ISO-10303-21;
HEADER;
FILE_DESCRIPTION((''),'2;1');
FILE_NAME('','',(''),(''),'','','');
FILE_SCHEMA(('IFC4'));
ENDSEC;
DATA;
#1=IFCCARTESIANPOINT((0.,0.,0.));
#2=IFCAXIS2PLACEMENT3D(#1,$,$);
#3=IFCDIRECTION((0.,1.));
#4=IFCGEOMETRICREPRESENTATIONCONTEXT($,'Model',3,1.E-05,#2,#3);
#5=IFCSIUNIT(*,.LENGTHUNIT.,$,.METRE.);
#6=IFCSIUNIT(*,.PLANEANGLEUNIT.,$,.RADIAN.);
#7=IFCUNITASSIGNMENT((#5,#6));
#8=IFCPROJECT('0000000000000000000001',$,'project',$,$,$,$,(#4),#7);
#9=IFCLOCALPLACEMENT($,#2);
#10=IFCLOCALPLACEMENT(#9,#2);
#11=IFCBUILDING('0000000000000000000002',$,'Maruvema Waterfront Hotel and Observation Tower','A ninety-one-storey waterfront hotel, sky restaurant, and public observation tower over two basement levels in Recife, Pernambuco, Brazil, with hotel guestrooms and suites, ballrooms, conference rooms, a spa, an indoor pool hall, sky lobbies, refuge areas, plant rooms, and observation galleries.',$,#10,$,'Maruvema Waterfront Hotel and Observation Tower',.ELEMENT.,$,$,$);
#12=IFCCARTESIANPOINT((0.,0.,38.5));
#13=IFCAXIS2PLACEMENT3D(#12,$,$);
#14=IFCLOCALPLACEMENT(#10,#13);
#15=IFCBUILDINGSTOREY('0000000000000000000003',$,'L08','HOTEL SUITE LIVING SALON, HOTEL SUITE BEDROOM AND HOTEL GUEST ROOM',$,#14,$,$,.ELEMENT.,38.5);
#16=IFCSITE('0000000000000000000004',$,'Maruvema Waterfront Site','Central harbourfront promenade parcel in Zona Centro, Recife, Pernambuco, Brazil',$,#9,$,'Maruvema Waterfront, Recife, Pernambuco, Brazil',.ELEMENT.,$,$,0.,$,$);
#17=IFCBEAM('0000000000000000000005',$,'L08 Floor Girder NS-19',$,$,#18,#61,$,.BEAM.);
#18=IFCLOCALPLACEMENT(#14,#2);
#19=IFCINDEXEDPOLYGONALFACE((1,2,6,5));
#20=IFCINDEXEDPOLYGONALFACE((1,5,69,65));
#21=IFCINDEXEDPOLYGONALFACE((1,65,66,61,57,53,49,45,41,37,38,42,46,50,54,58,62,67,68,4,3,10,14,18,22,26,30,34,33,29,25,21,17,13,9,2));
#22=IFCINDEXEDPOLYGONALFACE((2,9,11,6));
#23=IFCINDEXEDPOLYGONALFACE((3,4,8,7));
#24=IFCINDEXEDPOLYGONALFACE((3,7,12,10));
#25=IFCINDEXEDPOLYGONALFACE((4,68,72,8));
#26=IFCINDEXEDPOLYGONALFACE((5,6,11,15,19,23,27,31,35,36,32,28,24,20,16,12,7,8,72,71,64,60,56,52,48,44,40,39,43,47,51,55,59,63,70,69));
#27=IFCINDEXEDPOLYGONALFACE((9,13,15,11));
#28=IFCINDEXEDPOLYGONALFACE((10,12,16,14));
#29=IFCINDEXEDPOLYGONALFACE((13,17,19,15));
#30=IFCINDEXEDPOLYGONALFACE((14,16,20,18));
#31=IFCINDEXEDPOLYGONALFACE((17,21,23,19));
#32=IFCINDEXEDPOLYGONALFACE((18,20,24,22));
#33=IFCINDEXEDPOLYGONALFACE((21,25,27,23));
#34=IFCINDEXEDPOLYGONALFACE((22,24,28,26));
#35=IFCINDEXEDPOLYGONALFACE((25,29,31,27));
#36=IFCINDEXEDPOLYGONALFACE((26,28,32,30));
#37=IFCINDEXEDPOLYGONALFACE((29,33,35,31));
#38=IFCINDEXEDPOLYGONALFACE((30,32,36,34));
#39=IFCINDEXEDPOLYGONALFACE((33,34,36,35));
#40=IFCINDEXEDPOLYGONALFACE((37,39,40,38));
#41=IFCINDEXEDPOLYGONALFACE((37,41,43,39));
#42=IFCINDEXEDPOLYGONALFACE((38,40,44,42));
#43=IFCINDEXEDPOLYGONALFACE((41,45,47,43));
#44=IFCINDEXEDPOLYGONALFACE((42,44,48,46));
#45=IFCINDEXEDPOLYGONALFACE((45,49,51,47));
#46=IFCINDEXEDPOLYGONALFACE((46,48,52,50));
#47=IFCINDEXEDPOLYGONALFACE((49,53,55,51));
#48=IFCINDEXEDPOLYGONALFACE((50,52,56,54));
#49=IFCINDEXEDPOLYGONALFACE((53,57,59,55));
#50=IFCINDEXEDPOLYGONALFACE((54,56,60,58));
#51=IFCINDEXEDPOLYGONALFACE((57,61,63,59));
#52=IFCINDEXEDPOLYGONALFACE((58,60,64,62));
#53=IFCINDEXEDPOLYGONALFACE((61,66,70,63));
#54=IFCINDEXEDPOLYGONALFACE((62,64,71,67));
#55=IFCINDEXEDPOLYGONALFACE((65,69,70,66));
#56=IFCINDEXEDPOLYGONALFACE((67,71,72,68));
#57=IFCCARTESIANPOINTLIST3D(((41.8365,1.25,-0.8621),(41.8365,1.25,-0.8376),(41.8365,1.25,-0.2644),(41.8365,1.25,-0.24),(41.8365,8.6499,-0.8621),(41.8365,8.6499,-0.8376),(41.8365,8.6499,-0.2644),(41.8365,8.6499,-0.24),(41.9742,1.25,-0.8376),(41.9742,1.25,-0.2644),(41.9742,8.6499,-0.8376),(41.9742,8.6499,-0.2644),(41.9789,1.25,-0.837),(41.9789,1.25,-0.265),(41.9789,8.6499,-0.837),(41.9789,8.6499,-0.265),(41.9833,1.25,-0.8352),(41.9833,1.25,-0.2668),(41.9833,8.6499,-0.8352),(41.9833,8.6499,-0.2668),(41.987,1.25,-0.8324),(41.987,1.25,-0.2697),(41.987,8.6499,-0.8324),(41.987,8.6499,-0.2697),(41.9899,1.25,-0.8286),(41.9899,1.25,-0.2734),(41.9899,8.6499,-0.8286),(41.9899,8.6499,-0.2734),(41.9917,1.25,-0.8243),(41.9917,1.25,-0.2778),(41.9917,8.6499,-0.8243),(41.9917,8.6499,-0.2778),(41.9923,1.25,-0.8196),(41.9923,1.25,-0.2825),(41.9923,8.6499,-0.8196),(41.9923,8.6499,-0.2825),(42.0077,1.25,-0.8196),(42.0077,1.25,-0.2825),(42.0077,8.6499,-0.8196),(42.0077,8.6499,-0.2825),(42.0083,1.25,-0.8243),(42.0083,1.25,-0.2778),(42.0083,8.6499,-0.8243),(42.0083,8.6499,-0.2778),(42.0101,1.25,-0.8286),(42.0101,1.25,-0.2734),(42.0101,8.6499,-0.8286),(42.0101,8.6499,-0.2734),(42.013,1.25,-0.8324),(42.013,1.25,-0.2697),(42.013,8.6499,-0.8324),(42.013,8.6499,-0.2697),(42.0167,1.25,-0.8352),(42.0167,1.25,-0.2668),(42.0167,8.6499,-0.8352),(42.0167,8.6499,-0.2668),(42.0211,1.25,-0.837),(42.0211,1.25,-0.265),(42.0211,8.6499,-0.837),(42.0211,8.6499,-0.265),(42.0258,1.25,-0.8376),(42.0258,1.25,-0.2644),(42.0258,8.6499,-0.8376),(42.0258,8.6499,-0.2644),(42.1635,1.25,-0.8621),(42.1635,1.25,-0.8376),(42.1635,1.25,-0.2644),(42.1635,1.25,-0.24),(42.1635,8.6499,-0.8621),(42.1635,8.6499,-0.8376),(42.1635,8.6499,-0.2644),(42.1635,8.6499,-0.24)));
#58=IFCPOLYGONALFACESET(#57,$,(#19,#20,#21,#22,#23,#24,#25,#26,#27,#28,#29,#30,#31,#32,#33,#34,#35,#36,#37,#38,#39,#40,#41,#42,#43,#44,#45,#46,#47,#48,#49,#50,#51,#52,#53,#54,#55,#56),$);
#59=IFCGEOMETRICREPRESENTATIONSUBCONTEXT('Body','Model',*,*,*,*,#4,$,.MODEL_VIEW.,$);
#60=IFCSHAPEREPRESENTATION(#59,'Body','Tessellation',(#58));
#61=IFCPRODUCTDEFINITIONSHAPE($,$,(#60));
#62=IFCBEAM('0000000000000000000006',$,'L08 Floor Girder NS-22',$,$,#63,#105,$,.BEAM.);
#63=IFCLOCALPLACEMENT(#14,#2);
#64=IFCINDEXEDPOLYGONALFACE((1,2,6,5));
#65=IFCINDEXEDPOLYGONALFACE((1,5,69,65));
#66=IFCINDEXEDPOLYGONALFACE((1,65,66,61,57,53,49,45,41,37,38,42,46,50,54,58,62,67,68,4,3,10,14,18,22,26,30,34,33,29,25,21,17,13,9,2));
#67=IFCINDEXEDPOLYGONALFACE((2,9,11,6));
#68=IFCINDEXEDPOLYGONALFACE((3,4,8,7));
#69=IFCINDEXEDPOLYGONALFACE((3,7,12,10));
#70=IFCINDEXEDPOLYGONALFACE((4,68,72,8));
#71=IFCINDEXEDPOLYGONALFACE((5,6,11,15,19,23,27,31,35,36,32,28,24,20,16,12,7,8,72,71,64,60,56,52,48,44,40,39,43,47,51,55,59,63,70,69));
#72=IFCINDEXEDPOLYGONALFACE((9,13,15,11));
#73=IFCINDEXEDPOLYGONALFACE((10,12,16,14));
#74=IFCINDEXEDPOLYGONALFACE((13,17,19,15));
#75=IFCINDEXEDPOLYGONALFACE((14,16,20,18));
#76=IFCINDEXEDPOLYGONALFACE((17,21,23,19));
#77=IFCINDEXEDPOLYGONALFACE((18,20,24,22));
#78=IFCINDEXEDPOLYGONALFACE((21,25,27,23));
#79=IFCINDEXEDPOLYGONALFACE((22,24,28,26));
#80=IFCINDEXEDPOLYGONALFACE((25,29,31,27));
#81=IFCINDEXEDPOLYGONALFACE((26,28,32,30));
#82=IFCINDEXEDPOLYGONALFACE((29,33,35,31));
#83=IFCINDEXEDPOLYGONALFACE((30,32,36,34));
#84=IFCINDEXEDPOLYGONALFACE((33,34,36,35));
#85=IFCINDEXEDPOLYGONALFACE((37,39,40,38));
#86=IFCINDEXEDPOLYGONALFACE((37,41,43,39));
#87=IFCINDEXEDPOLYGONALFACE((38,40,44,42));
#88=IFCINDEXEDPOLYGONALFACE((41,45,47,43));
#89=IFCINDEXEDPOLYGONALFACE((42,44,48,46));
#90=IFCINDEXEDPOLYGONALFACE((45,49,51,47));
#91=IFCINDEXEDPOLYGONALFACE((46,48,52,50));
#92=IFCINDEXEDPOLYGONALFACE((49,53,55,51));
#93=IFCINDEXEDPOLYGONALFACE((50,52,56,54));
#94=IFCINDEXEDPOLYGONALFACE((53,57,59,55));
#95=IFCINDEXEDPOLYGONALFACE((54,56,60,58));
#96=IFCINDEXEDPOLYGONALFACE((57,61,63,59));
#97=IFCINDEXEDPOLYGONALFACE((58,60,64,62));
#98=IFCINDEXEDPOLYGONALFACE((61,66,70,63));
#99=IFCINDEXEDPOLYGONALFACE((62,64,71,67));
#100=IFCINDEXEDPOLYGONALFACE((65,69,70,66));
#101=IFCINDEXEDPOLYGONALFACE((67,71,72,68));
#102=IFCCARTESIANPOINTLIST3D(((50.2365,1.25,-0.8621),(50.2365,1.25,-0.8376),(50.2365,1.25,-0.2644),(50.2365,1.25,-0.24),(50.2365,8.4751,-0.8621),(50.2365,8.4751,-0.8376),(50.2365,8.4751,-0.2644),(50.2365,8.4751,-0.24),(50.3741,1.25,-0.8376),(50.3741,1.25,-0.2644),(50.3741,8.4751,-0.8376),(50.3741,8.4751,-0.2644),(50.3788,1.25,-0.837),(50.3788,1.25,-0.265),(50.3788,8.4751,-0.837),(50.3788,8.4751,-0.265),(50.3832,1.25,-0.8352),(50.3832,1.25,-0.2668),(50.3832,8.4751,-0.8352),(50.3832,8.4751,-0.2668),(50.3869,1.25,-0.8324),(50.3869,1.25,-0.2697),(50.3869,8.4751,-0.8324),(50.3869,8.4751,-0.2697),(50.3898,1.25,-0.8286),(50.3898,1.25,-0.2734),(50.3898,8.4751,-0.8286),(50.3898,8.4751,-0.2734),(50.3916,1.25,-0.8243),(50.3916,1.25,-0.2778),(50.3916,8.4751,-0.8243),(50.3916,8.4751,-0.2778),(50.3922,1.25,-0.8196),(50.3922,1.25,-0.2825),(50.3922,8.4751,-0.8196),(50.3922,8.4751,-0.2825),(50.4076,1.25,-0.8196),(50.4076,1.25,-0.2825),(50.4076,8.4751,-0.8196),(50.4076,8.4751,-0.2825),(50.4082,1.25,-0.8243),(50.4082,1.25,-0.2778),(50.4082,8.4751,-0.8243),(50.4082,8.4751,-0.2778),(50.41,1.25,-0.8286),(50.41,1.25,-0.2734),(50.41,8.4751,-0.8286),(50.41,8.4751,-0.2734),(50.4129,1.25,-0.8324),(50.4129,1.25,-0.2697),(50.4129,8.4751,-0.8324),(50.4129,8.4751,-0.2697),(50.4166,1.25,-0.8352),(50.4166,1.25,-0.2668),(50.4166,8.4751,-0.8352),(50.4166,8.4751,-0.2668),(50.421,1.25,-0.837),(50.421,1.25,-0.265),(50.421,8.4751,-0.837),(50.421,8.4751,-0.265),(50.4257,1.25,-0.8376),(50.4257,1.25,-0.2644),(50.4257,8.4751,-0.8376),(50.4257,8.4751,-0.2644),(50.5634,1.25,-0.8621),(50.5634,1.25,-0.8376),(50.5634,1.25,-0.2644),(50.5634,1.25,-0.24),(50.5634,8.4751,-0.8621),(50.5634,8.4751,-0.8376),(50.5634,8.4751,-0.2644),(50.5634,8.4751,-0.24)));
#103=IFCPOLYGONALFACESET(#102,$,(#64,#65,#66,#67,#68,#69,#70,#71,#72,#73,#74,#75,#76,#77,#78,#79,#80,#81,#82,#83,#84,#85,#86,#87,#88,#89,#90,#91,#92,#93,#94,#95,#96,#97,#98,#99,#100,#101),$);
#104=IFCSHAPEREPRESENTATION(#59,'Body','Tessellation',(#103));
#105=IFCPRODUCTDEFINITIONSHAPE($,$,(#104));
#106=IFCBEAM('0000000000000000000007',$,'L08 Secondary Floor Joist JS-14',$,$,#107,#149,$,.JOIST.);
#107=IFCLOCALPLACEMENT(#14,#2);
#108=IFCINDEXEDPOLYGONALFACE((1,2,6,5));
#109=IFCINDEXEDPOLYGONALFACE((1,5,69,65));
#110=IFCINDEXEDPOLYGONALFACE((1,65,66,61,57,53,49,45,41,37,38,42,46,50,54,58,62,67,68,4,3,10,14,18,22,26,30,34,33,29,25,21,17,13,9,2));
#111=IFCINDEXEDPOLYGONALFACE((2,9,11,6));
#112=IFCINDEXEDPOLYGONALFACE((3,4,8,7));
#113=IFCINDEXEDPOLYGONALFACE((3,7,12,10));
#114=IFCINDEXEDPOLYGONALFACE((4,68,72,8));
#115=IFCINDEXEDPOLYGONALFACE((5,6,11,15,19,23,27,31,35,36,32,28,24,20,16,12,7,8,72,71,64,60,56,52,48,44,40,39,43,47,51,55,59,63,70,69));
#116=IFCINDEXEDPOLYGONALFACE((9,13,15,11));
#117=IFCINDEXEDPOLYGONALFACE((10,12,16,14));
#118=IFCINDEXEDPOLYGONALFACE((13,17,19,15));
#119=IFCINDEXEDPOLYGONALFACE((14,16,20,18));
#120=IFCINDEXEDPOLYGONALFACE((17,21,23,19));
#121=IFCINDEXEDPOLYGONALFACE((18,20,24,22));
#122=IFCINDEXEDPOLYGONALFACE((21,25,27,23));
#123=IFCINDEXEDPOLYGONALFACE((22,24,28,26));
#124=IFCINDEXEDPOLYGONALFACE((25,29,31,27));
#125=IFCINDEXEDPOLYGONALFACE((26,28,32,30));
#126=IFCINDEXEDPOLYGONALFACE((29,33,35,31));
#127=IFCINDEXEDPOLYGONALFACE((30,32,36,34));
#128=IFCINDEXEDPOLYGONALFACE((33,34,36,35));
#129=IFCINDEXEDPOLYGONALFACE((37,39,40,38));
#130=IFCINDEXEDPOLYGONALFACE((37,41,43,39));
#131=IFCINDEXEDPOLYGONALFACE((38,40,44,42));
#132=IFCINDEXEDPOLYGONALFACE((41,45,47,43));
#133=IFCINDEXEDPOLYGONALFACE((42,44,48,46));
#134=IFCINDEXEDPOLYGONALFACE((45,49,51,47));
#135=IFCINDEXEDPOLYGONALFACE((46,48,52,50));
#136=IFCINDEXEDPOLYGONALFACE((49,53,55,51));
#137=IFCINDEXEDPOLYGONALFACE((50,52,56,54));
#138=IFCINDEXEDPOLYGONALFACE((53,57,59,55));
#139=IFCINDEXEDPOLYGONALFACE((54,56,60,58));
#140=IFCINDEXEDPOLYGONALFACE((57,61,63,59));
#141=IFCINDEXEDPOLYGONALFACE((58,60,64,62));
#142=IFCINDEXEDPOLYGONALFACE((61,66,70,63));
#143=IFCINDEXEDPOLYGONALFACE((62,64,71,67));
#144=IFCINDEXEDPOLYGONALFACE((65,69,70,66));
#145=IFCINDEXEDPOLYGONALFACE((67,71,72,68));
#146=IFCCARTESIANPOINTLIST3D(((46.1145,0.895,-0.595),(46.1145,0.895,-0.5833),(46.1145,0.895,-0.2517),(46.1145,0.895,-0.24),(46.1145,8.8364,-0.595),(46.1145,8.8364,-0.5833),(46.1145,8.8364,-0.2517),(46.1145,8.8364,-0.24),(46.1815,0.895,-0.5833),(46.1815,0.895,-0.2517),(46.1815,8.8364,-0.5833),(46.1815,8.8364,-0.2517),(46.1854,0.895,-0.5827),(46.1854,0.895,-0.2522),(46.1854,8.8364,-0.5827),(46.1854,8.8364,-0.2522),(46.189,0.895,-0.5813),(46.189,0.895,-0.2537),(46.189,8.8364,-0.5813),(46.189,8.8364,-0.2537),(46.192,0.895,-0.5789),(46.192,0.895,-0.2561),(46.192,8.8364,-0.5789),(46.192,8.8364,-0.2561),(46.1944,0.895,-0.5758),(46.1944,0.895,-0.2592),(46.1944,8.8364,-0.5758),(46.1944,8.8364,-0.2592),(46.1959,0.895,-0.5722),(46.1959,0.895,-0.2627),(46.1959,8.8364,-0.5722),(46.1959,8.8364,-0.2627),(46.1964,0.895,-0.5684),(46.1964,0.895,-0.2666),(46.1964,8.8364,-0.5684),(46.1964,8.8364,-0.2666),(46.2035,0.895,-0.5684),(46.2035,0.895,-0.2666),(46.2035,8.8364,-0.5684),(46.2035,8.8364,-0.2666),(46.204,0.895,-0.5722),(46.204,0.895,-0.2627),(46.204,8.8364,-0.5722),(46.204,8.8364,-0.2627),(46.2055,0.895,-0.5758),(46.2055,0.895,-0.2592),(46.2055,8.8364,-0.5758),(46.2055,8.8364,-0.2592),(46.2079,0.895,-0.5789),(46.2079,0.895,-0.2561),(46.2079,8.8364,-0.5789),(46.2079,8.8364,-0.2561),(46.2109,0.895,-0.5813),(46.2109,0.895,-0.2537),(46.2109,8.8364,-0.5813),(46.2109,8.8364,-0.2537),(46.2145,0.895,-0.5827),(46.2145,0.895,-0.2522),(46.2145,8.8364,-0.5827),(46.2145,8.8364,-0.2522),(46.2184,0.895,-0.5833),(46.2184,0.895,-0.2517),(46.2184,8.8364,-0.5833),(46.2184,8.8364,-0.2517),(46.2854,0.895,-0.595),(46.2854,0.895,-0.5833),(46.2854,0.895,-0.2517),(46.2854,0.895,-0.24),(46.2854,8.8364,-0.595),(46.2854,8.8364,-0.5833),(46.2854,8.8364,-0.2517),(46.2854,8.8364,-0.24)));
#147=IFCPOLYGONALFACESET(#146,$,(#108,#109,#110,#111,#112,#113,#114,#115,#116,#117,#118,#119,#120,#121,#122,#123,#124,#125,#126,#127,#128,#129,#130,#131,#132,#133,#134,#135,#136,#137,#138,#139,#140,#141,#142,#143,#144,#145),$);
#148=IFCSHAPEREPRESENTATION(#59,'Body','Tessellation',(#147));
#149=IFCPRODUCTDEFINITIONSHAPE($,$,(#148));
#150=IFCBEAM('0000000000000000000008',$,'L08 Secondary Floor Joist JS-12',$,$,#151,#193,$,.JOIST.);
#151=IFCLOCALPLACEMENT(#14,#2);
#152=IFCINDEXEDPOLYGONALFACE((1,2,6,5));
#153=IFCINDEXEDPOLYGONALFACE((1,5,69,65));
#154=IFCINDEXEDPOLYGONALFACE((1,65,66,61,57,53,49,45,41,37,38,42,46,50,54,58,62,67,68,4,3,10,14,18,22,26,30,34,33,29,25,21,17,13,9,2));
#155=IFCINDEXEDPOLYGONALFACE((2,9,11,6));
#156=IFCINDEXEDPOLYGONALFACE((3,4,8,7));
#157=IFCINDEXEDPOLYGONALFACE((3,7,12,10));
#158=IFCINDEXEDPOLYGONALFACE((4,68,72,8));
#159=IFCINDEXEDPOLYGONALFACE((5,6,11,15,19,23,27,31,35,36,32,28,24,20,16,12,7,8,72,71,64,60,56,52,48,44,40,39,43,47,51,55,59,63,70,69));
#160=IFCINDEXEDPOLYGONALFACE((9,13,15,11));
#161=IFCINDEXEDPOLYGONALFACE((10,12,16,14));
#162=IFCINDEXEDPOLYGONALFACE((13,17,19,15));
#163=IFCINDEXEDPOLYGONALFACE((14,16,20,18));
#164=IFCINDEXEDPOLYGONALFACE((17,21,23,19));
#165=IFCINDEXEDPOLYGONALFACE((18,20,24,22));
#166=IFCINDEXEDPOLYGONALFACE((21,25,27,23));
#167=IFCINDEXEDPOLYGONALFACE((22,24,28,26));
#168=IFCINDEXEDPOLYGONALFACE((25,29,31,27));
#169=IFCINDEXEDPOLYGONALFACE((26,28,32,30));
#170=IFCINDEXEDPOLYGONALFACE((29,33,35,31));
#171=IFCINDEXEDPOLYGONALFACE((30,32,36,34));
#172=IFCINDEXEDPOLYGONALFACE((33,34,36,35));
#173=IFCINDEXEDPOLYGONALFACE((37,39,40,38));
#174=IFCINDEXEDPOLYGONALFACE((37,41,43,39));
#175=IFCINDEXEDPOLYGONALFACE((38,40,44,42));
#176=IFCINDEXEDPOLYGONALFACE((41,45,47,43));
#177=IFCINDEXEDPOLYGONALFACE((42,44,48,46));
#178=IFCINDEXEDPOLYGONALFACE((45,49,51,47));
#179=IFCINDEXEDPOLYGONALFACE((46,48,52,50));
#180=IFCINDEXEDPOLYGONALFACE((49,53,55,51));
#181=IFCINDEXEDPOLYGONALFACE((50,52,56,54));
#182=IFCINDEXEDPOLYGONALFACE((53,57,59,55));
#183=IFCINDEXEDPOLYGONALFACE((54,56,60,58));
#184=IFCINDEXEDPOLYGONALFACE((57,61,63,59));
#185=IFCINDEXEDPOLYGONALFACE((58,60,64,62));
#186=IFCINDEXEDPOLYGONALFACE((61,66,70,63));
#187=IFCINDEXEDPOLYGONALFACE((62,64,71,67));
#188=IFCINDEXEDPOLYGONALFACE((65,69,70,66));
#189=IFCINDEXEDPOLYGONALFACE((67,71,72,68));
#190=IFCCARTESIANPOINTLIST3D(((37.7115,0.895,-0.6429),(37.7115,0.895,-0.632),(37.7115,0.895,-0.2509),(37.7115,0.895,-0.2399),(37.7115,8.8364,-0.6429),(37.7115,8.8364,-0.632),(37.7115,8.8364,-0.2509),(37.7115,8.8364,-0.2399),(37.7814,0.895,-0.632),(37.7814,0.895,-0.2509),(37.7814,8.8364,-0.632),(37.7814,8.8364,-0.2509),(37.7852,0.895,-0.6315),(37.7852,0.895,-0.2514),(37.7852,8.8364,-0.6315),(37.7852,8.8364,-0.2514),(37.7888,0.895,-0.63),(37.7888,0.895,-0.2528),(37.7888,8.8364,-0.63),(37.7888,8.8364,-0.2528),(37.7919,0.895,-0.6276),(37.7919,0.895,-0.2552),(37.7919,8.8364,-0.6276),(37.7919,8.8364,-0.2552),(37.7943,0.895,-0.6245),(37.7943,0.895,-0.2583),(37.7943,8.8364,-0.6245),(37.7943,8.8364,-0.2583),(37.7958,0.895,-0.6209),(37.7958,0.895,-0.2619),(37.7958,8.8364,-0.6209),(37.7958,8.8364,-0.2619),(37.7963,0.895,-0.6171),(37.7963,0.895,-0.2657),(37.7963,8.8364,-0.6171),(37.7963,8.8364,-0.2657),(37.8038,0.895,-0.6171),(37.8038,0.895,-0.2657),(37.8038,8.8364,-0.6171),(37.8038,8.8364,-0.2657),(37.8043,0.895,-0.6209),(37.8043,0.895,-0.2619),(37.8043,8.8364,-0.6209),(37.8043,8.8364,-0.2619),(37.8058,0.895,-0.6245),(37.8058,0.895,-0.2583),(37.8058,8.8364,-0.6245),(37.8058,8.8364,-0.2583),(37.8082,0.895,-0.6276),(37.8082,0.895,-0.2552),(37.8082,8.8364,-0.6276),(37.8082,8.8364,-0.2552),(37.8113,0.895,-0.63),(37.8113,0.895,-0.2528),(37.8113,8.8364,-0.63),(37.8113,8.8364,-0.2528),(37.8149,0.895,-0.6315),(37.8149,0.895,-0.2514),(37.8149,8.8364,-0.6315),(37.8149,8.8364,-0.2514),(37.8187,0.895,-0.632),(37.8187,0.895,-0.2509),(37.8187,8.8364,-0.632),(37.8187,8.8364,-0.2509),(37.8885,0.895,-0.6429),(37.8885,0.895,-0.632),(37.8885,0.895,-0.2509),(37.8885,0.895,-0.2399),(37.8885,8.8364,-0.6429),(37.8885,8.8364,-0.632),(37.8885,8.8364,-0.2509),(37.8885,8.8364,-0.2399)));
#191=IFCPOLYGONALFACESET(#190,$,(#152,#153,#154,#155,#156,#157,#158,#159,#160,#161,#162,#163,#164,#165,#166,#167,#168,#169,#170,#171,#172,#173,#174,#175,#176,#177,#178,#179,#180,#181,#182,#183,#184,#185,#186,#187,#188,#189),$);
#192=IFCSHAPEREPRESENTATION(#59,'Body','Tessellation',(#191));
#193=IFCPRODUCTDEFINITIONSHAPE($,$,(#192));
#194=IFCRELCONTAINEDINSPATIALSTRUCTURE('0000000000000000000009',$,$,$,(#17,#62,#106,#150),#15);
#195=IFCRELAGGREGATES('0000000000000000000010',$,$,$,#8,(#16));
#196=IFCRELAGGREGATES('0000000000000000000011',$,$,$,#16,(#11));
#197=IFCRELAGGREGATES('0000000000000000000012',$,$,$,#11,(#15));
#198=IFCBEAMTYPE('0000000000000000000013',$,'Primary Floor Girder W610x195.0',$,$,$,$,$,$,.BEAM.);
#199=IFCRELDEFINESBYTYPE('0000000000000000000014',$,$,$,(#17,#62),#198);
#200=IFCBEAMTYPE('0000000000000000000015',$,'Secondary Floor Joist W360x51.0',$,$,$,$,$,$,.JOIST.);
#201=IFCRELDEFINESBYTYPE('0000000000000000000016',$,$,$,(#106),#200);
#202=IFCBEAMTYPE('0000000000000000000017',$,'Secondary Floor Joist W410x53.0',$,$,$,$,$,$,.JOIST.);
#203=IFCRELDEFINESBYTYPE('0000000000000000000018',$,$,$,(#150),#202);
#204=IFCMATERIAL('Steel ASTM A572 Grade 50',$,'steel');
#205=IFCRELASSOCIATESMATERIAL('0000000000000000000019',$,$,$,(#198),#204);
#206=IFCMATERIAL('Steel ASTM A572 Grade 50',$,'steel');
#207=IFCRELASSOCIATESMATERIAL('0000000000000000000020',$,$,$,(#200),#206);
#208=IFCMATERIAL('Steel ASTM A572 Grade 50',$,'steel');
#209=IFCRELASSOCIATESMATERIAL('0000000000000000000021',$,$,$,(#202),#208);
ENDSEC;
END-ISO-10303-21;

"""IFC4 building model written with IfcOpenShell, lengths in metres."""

from ifc_helpers import new_model, si_unit, direction, frame, origin, origin_2d, place, context, subcontext, project, spatial, i_section, extrude, material, material_profile, profile_set, type_object, element, save


model = new_model("IFC4")

# Units and contexts
model_context = context("Model", 3, precision=1e-05, world=origin(), true_north=direction((0.0, 1.0)))
body_context = subcontext(model_context, "Body", "Model", "MODEL_VIEW")
ifc_project = project(units=[si_unit("LENGTHUNIT", "METRE"), si_unit("PLANEANGLEUNIT", "RADIAN")], contexts=[model_context])

# Site, building, storey
site_placement = place(None, origin())
site = spatial("IfcSite", under=ifc_project, at=site_placement, Name="Maruvema Waterfront Site", Description="Central harbourfront promenade parcel in Zona Centro, Recife, Pernambuco, Brazil", LongName="Maruvema Waterfront, Recife, Pernambuco, Brazil", CompositionType="ELEMENT", RefElevation=0.0)
building_placement = place(site_placement, origin())
building = spatial("IfcBuilding", under=site, at=building_placement, Name="Maruvema Waterfront Hotel and Observation Tower", Description="A ninety-one-storey waterfront hotel, sky restaurant, and public observation tower over two basement levels in Recife, Pernambuco, Brazil, with hotel guestrooms and suites, ballrooms, conference rooms, a spa, an indoor pool hall, sky lobbies, refuge areas, plant rooms, and observation galleries.", LongName="Maruvema Waterfront Hotel and Observation Tower", CompositionType="ELEMENT")
storey_placement = place(building_placement, frame((0.0, 0.0, 38.5)))
storey = spatial("IfcBuildingStorey", under=building, at=storey_placement, Name="L08", Description="HOTEL SUITE LIVING SALON, HOTEL SUITE BEDROOM AND HOTEL GUEST ROOM", CompositionType="ELEMENT", Elevation=38.5)

# Beams
ifc_material_1 = material(Name="Steel ASTM A572 Grade 50", Category="steel")
ifc_material_profile_1 = material_profile(ifc_material_1, i_section(OverallWidth=0.3269, OverallDepth=0.6221, WebThickness=0.0154, FlangeThickness=0.0244, FilletRadius=0.0181, at=origin_2d()), Name="W610x195.0")
ifc_profile_set_1 = profile_set([ifc_material_profile_1], Name="Steel ASTM A572 Grade 50")
beam_type_1 = type_object("IfcBeamType", Name="Primary Floor Girder W610x195.0", PredefinedType="BEAM", material=ifc_profile_set_1)
beam_1_placement = place(storey_placement, frame((42.0, 1.25, -0.551), z_axis=(0.0, 1.0, 0.0), x_axis=(-1.0, 0.0, 0.0)))
element("IfcBeam", 1, at=beam_1_placement, inside=storey, type_object=beam_type_1, Name="L08 Floor Girder NS-19", PredefinedType="BEAM", context=body_context, shape_type="SweptSolid", body=[
    extrude(i_section(OverallWidth=0.3269, OverallDepth=0.6221, WebThickness=0.0154, FlangeThickness=0.0244, FilletRadius=0.0181, at=origin_2d()), origin(), (0.0, 0.0, 1.0), 7.3999),
])
beam_2_placement = place(storey_placement, frame((50.3999, 1.25, -0.551), z_axis=(0.0, 1.0, 0.0), x_axis=(-1.0, 0.0, 0.0)))
element("IfcBeam", 2, at=beam_2_placement, inside=storey, type_object=beam_type_1, Name="L08 Floor Girder NS-22", PredefinedType="BEAM", context=body_context, shape_type="SweptSolid", body=[
    extrude(i_section(OverallWidth=0.3269, OverallDepth=0.6221, WebThickness=0.0154, FlangeThickness=0.0244, FilletRadius=0.0181, at=origin_2d()), origin(), (0.0, 0.0, 1.0), 7.2251),
])
ifc_material_2 = material(Name="Steel ASTM A572 Grade 50", Category="steel")
ifc_material_profile_2 = material_profile(ifc_material_2, i_section(OverallWidth=0.1709, OverallDepth=0.355, WebThickness=0.0071, FlangeThickness=0.0117, FilletRadius=0.0149, at=origin_2d()), Name="W360x51.0")
ifc_profile_set_2 = profile_set([ifc_material_profile_2], Name="Steel ASTM A572 Grade 50")
beam_type_2 = type_object("IfcBeamType", Name="Secondary Floor Joist W360x51.0", PredefinedType="JOIST", material=ifc_profile_set_2)
beam_3_placement = place(storey_placement, frame((46.2, 0.895, -0.4175), z_axis=(0.0, 1.0, 0.0), x_axis=(-1.0, 0.0, 0.0)))
element("IfcBeam", 3, at=beam_3_placement, inside=storey, type_object=beam_type_2, Name="L08 Secondary Floor Joist JS-14", PredefinedType="JOIST", context=body_context, shape_type="SweptSolid", body=[
    extrude(i_section(OverallWidth=0.1709, OverallDepth=0.355, WebThickness=0.0071, FlangeThickness=0.0117, FilletRadius=0.0149, at=origin_2d()), origin(), (0.0, 0.0, 1.0), 7.9414),
])
ifc_material_3 = material(Name="Steel ASTM A572 Grade 50", Category="steel")
ifc_material_profile_3 = material_profile(ifc_material_3, i_section(OverallWidth=0.177, OverallDepth=0.4031, WebThickness=0.0076, FlangeThickness=0.011, FilletRadius=0.0149, at=origin_2d()), Name="W410x53.0")
ifc_profile_set_3 = profile_set([ifc_material_profile_3], Name="Steel ASTM A572 Grade 50")
beam_type_3 = type_object("IfcBeamType", Name="Secondary Floor Joist W410x53.0", PredefinedType="JOIST", material=ifc_profile_set_3)
beam_4_placement = place(storey_placement, frame((37.8, 0.895, -0.4414), z_axis=(0.0, 1.0, 0.0), x_axis=(-1.0, 0.0, 0.0)))
element("IfcBeam", 4, at=beam_4_placement, inside=storey, type_object=beam_type_3, Name="L08 Secondary Floor Joist JS-12", PredefinedType="JOIST", context=body_context, shape_type="SweptSolid", body=[
    extrude(i_section(OverallWidth=0.177, OverallDepth=0.4031, WebThickness=0.0076, FlangeThickness=0.011, FilletRadius=0.0149, at=origin_2d()), origin(), (0.0, 0.0, 1.0), 7.9414),
])

save(model, "model.ifc")
